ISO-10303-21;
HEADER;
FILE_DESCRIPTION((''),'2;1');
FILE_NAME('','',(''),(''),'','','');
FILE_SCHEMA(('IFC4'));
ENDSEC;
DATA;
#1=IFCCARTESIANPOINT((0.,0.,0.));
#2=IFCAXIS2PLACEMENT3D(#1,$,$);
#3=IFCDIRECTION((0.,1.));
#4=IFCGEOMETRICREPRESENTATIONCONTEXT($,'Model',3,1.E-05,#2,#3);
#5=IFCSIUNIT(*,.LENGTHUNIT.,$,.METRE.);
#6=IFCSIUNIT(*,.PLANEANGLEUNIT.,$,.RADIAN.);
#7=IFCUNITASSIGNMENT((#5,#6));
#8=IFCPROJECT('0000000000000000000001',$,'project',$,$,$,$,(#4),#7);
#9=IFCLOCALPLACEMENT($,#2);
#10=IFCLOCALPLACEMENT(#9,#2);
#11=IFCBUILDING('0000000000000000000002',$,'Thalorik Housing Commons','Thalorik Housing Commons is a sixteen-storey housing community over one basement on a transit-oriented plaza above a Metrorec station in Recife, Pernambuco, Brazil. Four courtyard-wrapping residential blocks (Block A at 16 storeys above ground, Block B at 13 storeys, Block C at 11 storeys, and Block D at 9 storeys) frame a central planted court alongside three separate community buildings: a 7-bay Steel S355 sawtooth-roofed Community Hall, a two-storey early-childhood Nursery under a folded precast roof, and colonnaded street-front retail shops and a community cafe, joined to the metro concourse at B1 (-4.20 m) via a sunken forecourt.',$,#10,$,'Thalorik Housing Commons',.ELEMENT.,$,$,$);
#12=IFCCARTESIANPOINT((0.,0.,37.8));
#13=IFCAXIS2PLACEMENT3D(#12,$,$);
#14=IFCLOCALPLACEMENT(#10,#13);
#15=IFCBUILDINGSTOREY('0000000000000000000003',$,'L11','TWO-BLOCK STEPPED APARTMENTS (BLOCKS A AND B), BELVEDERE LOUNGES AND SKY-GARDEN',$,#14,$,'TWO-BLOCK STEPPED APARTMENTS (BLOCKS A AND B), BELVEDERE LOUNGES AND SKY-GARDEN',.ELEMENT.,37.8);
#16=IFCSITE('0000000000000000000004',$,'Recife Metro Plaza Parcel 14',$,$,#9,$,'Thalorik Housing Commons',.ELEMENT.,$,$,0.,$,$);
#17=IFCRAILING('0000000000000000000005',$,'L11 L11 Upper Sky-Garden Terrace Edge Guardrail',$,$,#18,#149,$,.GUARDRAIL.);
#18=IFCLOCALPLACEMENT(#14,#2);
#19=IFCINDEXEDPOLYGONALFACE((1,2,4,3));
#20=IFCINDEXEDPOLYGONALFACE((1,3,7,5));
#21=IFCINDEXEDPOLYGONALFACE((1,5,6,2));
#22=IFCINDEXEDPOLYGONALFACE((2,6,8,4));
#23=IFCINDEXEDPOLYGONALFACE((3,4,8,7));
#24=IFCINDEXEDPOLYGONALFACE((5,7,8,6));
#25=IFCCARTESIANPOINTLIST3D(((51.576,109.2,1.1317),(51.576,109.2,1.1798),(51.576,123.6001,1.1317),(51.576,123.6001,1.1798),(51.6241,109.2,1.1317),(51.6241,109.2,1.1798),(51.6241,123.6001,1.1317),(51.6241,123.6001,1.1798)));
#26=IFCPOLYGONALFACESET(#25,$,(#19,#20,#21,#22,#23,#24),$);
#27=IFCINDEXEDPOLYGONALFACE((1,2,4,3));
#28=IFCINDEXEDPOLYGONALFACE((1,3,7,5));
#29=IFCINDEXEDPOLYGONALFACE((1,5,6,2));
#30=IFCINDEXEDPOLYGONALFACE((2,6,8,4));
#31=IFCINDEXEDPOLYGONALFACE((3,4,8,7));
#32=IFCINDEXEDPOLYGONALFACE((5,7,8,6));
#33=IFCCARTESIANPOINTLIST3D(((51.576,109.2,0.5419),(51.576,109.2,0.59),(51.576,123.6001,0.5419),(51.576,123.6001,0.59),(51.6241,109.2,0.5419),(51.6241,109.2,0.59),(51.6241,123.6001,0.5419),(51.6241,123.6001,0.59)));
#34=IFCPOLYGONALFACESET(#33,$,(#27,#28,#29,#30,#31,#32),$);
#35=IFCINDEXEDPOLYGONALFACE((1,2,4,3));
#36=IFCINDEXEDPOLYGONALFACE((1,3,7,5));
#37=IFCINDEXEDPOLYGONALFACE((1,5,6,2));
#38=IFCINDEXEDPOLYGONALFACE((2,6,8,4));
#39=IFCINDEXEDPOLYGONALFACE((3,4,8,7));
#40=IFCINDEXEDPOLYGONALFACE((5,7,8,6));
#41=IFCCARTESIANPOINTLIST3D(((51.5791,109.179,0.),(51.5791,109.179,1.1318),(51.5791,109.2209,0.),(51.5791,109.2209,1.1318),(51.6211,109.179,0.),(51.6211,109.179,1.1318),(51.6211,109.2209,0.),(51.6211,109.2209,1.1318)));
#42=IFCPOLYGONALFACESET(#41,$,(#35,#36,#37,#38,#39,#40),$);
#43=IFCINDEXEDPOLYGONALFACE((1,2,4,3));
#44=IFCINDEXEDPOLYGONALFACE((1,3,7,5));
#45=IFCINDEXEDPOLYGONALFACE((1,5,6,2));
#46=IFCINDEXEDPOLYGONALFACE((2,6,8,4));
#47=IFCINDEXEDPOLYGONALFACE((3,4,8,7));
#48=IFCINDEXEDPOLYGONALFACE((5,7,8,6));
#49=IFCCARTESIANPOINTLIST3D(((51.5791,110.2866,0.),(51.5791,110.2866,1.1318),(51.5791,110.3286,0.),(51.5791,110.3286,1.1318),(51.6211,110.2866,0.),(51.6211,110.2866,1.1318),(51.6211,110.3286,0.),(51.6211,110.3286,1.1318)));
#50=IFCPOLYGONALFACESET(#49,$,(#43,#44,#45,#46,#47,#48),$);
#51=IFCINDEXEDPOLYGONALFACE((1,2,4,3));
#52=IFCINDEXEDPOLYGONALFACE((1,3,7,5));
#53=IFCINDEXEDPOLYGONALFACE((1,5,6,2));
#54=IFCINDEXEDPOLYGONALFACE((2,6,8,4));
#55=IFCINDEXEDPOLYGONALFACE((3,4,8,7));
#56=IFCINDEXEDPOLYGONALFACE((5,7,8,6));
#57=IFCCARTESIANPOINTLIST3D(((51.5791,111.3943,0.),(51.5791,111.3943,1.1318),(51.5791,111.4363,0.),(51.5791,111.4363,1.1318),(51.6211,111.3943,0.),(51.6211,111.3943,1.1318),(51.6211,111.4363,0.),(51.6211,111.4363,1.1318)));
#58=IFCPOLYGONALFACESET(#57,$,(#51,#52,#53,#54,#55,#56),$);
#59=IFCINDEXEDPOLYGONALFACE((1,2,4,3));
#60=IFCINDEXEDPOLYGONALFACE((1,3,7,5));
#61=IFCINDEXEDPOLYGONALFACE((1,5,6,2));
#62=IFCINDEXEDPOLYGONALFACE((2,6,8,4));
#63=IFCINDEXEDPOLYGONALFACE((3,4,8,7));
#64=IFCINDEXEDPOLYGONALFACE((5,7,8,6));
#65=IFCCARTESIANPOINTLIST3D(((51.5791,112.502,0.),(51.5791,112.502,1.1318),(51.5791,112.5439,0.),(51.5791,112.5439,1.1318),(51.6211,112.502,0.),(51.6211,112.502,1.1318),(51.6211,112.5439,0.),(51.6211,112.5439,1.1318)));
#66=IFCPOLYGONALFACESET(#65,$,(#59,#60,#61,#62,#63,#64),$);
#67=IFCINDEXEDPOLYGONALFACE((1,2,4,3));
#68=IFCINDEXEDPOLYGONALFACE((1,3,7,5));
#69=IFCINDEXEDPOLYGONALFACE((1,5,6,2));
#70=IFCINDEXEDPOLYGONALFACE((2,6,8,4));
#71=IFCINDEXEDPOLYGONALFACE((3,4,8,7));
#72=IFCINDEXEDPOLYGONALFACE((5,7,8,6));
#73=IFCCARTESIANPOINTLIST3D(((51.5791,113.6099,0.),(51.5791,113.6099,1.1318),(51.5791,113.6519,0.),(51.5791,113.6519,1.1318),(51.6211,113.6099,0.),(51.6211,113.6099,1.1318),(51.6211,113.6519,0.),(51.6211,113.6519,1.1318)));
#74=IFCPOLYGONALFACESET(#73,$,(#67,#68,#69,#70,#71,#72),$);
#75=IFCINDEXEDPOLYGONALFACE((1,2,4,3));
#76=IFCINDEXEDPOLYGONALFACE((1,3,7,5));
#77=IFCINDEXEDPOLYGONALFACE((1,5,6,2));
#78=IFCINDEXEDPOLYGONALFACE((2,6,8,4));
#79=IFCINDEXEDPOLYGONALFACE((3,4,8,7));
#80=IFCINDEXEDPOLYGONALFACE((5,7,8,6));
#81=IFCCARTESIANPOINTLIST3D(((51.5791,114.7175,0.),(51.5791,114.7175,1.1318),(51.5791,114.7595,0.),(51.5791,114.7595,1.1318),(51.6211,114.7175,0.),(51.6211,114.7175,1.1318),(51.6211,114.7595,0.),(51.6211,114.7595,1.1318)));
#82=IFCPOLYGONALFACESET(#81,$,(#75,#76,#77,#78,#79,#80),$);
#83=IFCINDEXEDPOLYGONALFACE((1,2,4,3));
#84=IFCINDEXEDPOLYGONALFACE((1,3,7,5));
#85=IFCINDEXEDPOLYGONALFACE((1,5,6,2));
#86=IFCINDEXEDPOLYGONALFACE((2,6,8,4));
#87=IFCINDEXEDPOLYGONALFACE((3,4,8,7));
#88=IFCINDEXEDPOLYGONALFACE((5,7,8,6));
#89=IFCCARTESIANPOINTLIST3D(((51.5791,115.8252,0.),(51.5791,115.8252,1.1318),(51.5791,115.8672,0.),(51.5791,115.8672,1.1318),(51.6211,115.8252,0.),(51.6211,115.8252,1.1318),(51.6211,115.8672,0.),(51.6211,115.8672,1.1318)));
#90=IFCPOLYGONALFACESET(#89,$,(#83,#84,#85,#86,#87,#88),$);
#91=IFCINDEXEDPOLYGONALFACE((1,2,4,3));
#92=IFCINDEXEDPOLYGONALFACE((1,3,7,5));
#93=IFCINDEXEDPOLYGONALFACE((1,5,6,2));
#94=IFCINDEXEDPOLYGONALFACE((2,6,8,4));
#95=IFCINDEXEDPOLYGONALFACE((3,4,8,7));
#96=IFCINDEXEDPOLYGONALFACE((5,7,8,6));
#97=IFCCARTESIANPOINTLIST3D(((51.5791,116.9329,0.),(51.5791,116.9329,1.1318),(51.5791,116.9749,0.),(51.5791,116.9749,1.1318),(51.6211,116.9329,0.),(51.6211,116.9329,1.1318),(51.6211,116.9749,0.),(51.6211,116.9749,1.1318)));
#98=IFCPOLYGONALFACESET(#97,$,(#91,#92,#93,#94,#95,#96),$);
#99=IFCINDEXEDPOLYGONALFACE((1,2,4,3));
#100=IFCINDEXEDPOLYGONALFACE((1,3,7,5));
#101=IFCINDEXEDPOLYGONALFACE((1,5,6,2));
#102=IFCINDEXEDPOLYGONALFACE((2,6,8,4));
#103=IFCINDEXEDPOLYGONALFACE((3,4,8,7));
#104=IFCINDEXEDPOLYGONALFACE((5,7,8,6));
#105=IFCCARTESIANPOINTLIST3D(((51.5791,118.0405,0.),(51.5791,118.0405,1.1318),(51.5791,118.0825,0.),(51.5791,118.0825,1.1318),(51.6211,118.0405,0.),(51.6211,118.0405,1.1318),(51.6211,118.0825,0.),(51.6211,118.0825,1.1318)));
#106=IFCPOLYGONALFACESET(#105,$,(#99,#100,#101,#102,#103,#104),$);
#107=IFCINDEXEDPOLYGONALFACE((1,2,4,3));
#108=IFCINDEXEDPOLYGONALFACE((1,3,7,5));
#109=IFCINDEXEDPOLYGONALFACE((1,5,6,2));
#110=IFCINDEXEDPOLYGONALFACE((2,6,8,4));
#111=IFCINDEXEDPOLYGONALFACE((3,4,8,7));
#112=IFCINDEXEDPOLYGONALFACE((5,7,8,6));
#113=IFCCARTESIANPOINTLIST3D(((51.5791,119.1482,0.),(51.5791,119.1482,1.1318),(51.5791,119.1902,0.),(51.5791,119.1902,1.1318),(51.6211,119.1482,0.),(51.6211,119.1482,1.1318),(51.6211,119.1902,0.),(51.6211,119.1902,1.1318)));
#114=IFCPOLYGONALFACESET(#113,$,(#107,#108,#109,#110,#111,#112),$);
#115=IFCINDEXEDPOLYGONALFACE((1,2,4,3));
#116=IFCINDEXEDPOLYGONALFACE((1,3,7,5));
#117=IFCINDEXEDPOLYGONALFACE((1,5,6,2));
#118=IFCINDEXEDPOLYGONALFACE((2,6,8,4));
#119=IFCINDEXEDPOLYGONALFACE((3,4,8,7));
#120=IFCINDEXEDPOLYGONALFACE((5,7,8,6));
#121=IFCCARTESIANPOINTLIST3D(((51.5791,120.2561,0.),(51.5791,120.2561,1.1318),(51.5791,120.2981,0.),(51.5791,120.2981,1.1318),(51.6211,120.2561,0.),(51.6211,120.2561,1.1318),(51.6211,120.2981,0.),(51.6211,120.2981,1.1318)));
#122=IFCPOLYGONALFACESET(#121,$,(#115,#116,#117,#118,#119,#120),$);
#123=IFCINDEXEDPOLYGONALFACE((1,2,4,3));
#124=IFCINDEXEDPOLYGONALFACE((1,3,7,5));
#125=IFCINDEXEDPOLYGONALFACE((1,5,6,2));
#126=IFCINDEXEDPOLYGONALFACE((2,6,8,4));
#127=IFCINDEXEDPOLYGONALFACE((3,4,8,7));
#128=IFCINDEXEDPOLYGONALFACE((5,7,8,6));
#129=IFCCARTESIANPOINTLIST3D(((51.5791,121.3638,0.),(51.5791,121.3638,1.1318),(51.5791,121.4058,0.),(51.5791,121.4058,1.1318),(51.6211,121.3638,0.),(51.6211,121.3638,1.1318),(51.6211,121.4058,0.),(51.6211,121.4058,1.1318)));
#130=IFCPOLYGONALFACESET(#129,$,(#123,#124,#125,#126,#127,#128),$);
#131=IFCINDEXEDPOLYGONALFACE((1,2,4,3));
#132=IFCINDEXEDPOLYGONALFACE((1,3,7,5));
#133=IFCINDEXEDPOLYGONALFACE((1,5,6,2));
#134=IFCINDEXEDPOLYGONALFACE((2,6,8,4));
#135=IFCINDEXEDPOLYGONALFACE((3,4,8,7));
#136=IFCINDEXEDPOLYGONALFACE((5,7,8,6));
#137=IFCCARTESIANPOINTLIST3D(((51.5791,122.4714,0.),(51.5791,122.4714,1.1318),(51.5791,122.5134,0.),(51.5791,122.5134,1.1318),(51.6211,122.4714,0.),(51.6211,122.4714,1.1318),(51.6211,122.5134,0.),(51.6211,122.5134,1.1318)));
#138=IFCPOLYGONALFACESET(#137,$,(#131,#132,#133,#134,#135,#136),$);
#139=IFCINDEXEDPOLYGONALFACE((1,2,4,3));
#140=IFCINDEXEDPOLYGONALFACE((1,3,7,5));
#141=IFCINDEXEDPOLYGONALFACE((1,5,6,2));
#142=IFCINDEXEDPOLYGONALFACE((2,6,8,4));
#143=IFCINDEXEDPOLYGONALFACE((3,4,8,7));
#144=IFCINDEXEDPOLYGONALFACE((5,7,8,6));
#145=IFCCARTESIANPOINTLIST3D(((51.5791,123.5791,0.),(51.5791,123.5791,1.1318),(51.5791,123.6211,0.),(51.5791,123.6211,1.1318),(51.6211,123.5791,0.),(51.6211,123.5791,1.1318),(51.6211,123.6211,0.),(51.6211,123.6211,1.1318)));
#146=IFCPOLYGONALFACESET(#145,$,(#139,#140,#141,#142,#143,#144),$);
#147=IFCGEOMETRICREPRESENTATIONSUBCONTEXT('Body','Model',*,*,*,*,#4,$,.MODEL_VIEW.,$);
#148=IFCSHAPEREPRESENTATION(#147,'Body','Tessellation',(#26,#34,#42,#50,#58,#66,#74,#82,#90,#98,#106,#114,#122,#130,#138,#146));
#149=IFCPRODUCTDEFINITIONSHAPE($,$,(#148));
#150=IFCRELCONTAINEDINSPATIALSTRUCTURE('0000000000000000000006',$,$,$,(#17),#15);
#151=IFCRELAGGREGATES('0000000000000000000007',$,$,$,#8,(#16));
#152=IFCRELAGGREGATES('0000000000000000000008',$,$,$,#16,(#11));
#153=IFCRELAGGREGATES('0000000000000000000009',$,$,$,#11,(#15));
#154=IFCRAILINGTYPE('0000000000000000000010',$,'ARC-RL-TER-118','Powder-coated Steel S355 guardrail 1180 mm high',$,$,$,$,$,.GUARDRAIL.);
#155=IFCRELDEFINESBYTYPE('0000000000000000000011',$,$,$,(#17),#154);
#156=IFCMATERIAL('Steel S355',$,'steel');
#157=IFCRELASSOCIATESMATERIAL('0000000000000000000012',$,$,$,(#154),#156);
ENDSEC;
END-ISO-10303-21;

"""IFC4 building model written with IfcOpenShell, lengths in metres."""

from ifc_helpers import new_model, si_unit, direction, frame, origin, origin_2d, place, context, subcontext, project, spatial, rectangle, extrude, material, type_object, element, save


model = new_model("IFC4")

# Units and contexts
model_context = context("Model", 3, precision=1e-05, world=origin(), true_north=direction((0.0, 1.0)))
body_context = subcontext(model_context, "Body", "Model", "MODEL_VIEW")
ifc_project = project(units=[si_unit("LENGTHUNIT", "METRE"), si_unit("PLANEANGLEUNIT", "RADIAN")], contexts=[model_context])

# Site, building, storey
site_placement = place(None, origin())
site = spatial("IfcSite", under=ifc_project, at=site_placement, Name="Recife Metro Plaza Parcel 14", LongName="Thalorik Housing Commons", CompositionType="ELEMENT", RefElevation=0.0)
building_placement = place(site_placement, origin())
building = spatial("IfcBuilding", under=site, at=building_placement, Name="Thalorik Housing Commons", Description="Thalorik Housing Commons is a sixteen-storey housing community over one basement on a transit-oriented plaza above a Metrorec station in Recife, Pernambuco, Brazil. Four courtyard-wrapping residential blocks (Block A at 16 storeys above ground, Block B at 13 storeys, Block C at 11 storeys, and Block D at 9 storeys) frame a central planted court alongside three separate community buildings: a 7-bay Steel S355 sawtooth-roofed Community Hall, a two-storey early-childhood Nursery under a folded precast roof, and colonnaded street-front retail shops and a community cafe, joined to the metro concourse at B1 (-4.20 m) via a sunken forecourt.", LongName="Thalorik Housing Commons", CompositionType="ELEMENT")
storey_placement = place(building_placement, frame((0.0, 0.0, 37.8)))
storey = spatial("IfcBuildingStorey", under=building, at=storey_placement, Name="L11", Description="TWO-BLOCK STEPPED APARTMENTS (BLOCKS A AND B), BELVEDERE LOUNGES AND SKY-GARDEN", LongName="TWO-BLOCK STEPPED APARTMENTS (BLOCKS A AND B), BELVEDERE LOUNGES AND SKY-GARDEN", CompositionType="ELEMENT", Elevation=37.8)

# Railing
ifc_material_1 = material(Name="Steel S355", Category="steel")
railing_type_1 = type_object("IfcRailingType", Name="ARC-RL-TER-118", Description="Powder-coated Steel S355 guardrail 1180 mm high", PredefinedType="GUARDRAIL", material=ifc_material_1)
railing_1_placement = place(storey_placement, frame((51.6001, 109.2, 0.0)))
element("IfcRailing", 1, at=railing_1_placement, inside=storey, type_object=railing_type_1, Name="L11 L11 Upper Sky-Garden Terrace Edge Guardrail", PredefinedType="GUARDRAIL", context=body_context, shape_type="SweptSolid", body=[
    extrude(rectangle(XDim=0.0481, YDim=0.0481, at=origin_2d()), frame((0.0, 0.0, 1.1558), z_axis=(0.0, 1.0, 0.0), x_axis=(-1.0, 0.0, 0.0)), (0.0, 0.0, 1.0), 14.4001),
    extrude(rectangle(XDim=0.0481, YDim=0.0481, at=origin_2d()), frame((0.0, 0.0, 0.5659), z_axis=(0.0, 1.0, 0.0), x_axis=(-1.0, 0.0, 0.0)), (0.0, 0.0, 1.0), 14.4001),
    extrude(rectangle(XDim=0.042, YDim=0.042, at=origin_2d()), origin(), (0.0, 0.0, 1.0), 1.1318),
    extrude(rectangle(XDim=0.042, YDim=0.042, at=origin_2d()), frame((0.0, 1.1077, 0.0)), (0.0, 0.0, 1.0), 1.1318),
    extrude(rectangle(XDim=0.042, YDim=0.042, at=origin_2d()), frame((0.0, 2.2153, 0.0)), (0.0, 0.0, 1.0), 1.1318),
    extrude(rectangle(XDim=0.042, YDim=0.042, at=origin_2d()), frame((0.0, 3.323, 0.0)), (0.0, 0.0, 1.0), 1.1318),
    extrude(rectangle(XDim=0.042, YDim=0.042, at=origin_2d()), frame((0.0, 4.4309, 0.0)), (0.0, 0.0, 1.0), 1.1318),
    extrude(rectangle(XDim=0.042, YDim=0.042, at=origin_2d()), frame((0.0, 5.5386, 0.0)), (0.0, 0.0, 1.0), 1.1318),
    extrude(rectangle(XDim=0.042, YDim=0.042, at=origin_2d()), frame((0.0, 6.6462, 0.0)), (0.0, 0.0, 1.0), 1.1318),
    extrude(rectangle(XDim=0.042, YDim=0.042, at=origin_2d()), frame((0.0, 7.7539, 0.0)), (0.0, 0.0, 1.0), 1.1318),
    extrude(rectangle(XDim=0.042, YDim=0.042, at=origin_2d()), frame((0.0, 8.8616, 0.0)), (0.0, 0.0, 1.0), 1.1318),
    extrude(rectangle(XDim=0.042, YDim=0.042, at=origin_2d()), frame((0.0, 9.9692, 0.0)), (0.0, 0.0, 1.0), 1.1318),
    extrude(rectangle(XDim=0.042, YDim=0.042, at=origin_2d()), frame((0.0, 11.0771, 0.0)), (0.0, 0.0, 1.0), 1.1318),
    extrude(rectangle(XDim=0.042, YDim=0.042, at=origin_2d()), frame((0.0, 12.1848, 0.0)), (0.0, 0.0, 1.0), 1.1318),
    extrude(rectangle(XDim=0.042, YDim=0.042, at=origin_2d()), frame((0.0, 13.2925, 0.0)), (0.0, 0.0, 1.0), 1.1318),
    extrude(rectangle(XDim=0.042, YDim=0.042, at=origin_2d()), frame((0.0, 14.4001, 0.0)), (0.0, 0.0, 1.0), 1.1318),
])

save(model, "model.ifc")
